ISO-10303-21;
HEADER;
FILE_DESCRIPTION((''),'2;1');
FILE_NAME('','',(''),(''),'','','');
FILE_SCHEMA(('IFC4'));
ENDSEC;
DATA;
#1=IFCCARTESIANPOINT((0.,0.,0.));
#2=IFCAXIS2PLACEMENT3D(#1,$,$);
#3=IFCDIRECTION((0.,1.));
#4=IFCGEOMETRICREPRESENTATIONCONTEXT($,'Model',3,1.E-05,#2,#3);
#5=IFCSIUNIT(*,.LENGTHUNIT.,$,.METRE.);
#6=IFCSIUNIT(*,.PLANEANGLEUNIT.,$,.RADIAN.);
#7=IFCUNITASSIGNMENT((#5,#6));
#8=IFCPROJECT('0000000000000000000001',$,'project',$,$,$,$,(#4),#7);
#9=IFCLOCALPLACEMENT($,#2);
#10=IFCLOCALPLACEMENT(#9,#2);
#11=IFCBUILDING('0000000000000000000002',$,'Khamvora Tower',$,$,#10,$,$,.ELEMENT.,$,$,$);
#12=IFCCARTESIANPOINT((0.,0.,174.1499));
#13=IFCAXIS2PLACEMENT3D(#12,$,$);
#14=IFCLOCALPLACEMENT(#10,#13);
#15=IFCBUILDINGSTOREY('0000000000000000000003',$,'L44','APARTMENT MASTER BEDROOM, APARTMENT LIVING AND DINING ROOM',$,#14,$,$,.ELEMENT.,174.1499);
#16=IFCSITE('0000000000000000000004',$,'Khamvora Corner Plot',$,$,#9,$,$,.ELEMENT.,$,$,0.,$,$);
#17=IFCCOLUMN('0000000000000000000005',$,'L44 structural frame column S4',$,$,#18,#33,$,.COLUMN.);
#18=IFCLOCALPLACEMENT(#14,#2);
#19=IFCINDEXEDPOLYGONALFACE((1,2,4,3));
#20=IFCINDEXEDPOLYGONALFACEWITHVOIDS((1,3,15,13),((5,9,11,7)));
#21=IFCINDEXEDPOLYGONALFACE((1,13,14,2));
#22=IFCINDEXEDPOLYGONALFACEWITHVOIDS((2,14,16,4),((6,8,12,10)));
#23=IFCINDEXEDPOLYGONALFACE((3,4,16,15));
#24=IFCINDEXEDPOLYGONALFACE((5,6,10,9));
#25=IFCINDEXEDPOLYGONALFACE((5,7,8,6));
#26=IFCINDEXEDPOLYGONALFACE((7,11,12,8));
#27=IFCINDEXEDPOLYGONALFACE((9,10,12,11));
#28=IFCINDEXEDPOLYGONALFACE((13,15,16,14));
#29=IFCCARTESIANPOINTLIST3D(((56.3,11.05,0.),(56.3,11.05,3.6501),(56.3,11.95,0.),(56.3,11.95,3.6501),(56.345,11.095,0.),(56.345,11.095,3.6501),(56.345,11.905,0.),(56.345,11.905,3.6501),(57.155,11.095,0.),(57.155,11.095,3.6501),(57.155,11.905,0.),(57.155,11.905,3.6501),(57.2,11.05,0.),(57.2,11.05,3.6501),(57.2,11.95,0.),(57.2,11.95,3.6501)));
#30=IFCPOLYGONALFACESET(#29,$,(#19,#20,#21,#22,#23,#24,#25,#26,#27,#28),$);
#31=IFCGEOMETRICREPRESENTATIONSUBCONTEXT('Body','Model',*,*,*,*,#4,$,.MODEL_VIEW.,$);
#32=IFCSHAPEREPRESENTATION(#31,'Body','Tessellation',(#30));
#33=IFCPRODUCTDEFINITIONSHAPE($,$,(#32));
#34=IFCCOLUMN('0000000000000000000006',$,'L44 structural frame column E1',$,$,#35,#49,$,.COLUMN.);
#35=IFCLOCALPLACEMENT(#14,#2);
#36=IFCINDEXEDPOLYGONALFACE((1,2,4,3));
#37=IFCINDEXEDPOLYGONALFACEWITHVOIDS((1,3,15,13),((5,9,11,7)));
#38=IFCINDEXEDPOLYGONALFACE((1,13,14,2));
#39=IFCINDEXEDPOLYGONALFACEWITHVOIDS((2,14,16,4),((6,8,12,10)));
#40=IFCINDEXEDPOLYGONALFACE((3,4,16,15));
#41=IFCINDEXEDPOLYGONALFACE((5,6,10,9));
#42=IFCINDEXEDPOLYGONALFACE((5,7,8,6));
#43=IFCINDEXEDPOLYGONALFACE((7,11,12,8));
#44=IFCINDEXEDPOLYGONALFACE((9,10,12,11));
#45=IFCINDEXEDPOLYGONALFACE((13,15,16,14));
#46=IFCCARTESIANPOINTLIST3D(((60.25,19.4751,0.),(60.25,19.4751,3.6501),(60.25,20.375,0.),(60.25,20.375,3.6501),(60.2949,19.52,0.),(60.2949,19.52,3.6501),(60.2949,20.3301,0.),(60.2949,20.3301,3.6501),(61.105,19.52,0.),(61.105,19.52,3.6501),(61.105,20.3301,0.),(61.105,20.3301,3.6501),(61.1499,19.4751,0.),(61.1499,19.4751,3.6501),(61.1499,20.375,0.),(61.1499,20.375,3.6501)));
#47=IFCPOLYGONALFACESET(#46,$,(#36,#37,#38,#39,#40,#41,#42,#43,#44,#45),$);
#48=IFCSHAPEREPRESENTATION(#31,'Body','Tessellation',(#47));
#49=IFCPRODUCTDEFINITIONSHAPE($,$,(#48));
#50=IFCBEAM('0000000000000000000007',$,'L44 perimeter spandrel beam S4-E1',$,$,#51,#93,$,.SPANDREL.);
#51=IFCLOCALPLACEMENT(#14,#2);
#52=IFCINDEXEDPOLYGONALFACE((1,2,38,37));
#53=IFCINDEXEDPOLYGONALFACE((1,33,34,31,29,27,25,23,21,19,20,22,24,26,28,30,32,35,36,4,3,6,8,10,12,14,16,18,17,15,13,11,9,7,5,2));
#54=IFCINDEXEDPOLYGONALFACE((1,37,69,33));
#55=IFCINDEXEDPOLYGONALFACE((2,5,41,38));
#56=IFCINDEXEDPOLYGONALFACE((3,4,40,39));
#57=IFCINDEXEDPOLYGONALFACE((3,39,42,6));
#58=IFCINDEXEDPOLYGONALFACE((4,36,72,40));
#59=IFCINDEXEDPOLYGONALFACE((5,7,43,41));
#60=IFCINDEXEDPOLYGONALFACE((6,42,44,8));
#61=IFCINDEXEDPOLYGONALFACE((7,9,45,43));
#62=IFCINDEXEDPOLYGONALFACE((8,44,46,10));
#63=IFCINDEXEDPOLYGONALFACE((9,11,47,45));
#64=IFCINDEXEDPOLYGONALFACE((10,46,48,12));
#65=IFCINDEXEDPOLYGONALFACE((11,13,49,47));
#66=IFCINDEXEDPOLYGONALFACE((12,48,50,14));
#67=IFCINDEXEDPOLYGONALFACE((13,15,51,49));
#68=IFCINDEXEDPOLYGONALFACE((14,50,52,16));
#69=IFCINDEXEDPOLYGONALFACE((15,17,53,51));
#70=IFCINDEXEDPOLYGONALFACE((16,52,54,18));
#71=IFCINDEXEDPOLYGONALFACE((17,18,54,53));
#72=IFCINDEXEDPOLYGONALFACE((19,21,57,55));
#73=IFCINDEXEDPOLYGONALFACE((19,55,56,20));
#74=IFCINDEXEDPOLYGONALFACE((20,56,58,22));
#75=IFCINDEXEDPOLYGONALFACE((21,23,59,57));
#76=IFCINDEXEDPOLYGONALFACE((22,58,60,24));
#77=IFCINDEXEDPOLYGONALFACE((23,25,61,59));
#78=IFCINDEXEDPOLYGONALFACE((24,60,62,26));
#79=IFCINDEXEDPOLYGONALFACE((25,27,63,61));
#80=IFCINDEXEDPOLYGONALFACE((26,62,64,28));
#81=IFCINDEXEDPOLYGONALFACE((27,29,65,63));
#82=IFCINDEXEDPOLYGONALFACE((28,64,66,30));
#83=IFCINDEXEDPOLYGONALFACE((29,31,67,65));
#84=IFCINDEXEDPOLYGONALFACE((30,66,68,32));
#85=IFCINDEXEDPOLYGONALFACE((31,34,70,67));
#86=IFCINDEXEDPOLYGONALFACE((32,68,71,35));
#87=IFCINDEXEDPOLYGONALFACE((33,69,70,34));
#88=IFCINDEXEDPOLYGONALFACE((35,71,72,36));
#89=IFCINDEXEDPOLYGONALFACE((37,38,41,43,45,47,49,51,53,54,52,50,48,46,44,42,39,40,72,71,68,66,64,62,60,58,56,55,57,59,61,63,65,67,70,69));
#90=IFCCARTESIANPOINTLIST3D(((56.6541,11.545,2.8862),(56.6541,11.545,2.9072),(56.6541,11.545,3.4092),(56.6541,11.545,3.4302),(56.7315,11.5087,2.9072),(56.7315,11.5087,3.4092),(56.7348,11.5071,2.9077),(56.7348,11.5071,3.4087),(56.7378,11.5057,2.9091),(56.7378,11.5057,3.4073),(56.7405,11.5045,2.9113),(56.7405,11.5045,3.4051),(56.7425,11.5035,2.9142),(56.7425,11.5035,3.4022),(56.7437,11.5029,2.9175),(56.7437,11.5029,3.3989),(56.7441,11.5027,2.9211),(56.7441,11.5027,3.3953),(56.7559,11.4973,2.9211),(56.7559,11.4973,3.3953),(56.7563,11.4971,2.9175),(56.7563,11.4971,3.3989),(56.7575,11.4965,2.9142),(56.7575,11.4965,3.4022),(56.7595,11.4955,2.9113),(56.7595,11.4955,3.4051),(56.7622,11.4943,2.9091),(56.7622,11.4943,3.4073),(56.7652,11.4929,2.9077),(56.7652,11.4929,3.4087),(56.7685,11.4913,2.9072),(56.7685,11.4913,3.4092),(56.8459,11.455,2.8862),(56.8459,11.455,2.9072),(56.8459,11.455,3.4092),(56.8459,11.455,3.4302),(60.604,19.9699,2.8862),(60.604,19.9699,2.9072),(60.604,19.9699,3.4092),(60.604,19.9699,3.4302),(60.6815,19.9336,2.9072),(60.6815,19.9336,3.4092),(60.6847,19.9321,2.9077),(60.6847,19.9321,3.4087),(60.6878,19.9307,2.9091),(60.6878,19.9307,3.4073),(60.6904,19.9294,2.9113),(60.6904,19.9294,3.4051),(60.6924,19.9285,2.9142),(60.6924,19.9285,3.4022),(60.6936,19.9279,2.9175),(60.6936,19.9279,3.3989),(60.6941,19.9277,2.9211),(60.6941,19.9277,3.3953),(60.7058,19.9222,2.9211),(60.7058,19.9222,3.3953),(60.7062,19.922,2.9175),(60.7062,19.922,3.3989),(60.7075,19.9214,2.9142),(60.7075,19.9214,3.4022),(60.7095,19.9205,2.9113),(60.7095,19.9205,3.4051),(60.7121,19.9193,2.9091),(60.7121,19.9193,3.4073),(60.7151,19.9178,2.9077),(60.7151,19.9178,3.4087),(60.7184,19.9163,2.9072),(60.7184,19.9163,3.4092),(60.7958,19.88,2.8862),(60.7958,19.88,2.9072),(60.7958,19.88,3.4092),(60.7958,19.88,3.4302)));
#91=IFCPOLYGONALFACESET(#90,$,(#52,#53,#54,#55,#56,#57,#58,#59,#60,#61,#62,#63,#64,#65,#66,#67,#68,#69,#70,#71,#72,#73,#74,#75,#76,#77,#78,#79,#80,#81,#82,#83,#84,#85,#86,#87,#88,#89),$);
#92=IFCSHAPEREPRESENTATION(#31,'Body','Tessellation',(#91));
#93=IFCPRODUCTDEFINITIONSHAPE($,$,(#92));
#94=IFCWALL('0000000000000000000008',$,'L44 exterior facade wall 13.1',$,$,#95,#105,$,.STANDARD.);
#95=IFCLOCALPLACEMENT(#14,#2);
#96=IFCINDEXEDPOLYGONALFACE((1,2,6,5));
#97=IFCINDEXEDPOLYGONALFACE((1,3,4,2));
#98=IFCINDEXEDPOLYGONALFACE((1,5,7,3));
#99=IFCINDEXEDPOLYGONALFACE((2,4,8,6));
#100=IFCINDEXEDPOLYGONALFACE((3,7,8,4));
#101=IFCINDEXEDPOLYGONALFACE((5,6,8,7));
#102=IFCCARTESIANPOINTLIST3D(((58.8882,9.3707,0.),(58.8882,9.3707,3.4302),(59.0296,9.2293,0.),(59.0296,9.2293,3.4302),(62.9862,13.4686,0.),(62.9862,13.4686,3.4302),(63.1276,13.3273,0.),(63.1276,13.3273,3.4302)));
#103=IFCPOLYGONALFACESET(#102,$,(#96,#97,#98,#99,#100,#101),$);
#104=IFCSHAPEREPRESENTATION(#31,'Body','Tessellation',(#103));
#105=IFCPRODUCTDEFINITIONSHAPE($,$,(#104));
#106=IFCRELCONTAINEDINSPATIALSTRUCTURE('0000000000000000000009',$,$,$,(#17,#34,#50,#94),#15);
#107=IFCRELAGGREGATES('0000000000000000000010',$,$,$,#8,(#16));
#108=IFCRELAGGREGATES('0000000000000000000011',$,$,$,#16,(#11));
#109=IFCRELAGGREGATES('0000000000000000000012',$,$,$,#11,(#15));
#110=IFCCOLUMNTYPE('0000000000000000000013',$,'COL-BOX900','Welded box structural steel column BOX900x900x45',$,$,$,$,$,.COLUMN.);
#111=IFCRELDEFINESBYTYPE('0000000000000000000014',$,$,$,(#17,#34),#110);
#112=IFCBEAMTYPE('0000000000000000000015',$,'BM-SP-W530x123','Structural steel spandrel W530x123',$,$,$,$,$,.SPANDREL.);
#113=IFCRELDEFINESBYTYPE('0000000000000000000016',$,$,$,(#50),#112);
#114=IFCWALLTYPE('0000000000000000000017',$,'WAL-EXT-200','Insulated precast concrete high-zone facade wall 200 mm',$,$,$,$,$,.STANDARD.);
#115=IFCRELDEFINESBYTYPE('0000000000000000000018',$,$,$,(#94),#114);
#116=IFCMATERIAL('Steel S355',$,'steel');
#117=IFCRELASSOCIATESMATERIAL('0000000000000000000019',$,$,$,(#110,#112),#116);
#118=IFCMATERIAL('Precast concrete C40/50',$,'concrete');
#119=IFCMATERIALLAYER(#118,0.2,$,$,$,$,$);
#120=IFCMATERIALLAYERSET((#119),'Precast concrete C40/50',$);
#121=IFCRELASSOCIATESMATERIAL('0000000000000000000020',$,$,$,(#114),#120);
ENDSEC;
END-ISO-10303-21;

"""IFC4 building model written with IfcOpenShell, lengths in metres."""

from ifc_helpers import new_model, si_unit, direction, frame, frame_2d, origin, origin_2d, place, context, subcontext, project, spatial, rectangle, hollow_rectangle, i_section, extrude, material, layer, layer_set, material_profile, profile_set, type_object, element, save


model = new_model("IFC4")

# Units and contexts
model_context = context("Model", 3, precision=1e-05, world=origin(), true_north=direction((0.0, 1.0)))
body_context = subcontext(model_context, "Body", "Model", "MODEL_VIEW")
ifc_project = project(units=[si_unit("LENGTHUNIT", "METRE"), si_unit("PLANEANGLEUNIT", "RADIAN")], contexts=[model_context])

# Site, building, storey
site_placement = place(None, origin())
site = spatial("IfcSite", under=ifc_project, at=site_placement, Name="Khamvora Corner Plot", CompositionType="ELEMENT", RefElevation=0.0)
building_placement = place(site_placement, origin())
building = spatial("IfcBuilding", under=site, at=building_placement, Name="Khamvora Tower", CompositionType="ELEMENT")
storey_placement = place(building_placement, frame((0.0, 0.0, 174.1499)))
storey = spatial("IfcBuildingStorey", under=building, at=storey_placement, Name="L44", Description="APARTMENT MASTER BEDROOM, APARTMENT LIVING AND DINING ROOM", CompositionType="ELEMENT", Elevation=174.1499)

# Columns
ifc_material_1 = material(Name="Steel S355", Category="steel")
ifc_material_profile_1 = material_profile(ifc_material_1, hollow_rectangle(XDim=0.8999, YDim=0.8999, WallThickness=0.0449, at=origin_2d()), Name="BOX900x900x45")
ifc_profile_set_1 = profile_set([ifc_material_profile_1], Name="Steel S355")
column_type = type_object("IfcColumnType", Name="COL-BOX900", Description="Welded box structural steel column BOX900x900x45", PredefinedType="COLUMN", material=ifc_profile_set_1)
for number, where, z_axis, x_axis, name in (
    (1, (56.75, 11.5, 0.0), (0.0, 0.0, 1.0), (1.0, 0.0, 0.0), "L44 structural frame column S4"),
    (2, (60.7, 19.925, 0.0), (0.0, 0.0, 1.0), (1.0, 0.0, 0.0), "L44 structural frame column E1"),
):
    element("IfcColumn", number, at=place(storey_placement, frame(where, z_axis=z_axis, x_axis=x_axis)), inside=storey, type_object=column_type, Name=name, PredefinedType="COLUMN", context=body_context, shape_type="SweptSolid", body=[
        extrude(hollow_rectangle(XDim=0.8999, YDim=0.8999, WallThickness=0.0449, at=origin_2d()), origin(), (0.0, 0.0, 1.0), 3.6501),
    ])

# Beam
ifc_material_profile_2 = material_profile(ifc_material_1, i_section(OverallWidth=0.2119, OverallDepth=0.5439, WebThickness=0.0129, FlangeThickness=0.021, FilletRadius=0.0139, at=origin_2d()), Name="W530x123")
ifc_profile_set_2 = profile_set([ifc_material_profile_2], Name="Steel S355")
beam_type = type_object("IfcBeamType", Name="BM-SP-W530x123", Description="Structural steel spandrel W530x123", PredefinedType="SPANDREL", material=ifc_profile_set_2)
beam_placement = place(storey_placement, frame((56.75, 11.5, 3.1582), z_axis=(0.424496, 0.90543, 0.0), x_axis=(-0.90543, 0.424496, 0.0)))
element("IfcBeam", 3, at=beam_placement, inside=storey, type_object=beam_type, Name="L44 perimeter spandrel beam S4-E1", PredefinedType="SPANDREL", context=body_context, shape_type="SweptSolid", body=[
    extrude(i_section(OverallWidth=0.2119, OverallDepth=0.5439, WebThickness=0.0129, FlangeThickness=0.021, FilletRadius=0.0139, at=origin_2d()), origin(), (0.0, 0.0, 1.0), 9.3049),
])

# Wall
ifc_material_2 = material(Name="Precast concrete C40/50", Category="concrete")
ifc_layer_1 = layer(ifc_material_2, 0.2)
ifc_layer_set_1 = layer_set([ifc_layer_1], Name="Precast concrete C40/50")
wall_type_1 = type_object("IfcWallType", Name="WAL-EXT-200", Description="Insulated precast concrete high-zone facade wall 200 mm", PredefinedType="STANDARD", material=ifc_layer_set_1)
wall_1_placement = place(storey_placement, frame((63.0569, 13.3979, 0.0), z_axis=(0.0, 0.0, 1.0), x_axis=(-0.707107, -0.707107, 0.0)))
element("IfcWall", 4, at=wall_1_placement, inside=storey, type_object=wall_type_1, Name="L44 exterior facade wall 13.1", PredefinedType="STANDARD", context=body_context, shape_type="SweptSolid", body=[
    extrude(rectangle(XDim=5.7954, YDim=0.2, at=frame_2d((2.8977, 0.0))), origin(), (0.0, 0.0, 1.0), 3.4302),
])

save(model, "model.ifc")
